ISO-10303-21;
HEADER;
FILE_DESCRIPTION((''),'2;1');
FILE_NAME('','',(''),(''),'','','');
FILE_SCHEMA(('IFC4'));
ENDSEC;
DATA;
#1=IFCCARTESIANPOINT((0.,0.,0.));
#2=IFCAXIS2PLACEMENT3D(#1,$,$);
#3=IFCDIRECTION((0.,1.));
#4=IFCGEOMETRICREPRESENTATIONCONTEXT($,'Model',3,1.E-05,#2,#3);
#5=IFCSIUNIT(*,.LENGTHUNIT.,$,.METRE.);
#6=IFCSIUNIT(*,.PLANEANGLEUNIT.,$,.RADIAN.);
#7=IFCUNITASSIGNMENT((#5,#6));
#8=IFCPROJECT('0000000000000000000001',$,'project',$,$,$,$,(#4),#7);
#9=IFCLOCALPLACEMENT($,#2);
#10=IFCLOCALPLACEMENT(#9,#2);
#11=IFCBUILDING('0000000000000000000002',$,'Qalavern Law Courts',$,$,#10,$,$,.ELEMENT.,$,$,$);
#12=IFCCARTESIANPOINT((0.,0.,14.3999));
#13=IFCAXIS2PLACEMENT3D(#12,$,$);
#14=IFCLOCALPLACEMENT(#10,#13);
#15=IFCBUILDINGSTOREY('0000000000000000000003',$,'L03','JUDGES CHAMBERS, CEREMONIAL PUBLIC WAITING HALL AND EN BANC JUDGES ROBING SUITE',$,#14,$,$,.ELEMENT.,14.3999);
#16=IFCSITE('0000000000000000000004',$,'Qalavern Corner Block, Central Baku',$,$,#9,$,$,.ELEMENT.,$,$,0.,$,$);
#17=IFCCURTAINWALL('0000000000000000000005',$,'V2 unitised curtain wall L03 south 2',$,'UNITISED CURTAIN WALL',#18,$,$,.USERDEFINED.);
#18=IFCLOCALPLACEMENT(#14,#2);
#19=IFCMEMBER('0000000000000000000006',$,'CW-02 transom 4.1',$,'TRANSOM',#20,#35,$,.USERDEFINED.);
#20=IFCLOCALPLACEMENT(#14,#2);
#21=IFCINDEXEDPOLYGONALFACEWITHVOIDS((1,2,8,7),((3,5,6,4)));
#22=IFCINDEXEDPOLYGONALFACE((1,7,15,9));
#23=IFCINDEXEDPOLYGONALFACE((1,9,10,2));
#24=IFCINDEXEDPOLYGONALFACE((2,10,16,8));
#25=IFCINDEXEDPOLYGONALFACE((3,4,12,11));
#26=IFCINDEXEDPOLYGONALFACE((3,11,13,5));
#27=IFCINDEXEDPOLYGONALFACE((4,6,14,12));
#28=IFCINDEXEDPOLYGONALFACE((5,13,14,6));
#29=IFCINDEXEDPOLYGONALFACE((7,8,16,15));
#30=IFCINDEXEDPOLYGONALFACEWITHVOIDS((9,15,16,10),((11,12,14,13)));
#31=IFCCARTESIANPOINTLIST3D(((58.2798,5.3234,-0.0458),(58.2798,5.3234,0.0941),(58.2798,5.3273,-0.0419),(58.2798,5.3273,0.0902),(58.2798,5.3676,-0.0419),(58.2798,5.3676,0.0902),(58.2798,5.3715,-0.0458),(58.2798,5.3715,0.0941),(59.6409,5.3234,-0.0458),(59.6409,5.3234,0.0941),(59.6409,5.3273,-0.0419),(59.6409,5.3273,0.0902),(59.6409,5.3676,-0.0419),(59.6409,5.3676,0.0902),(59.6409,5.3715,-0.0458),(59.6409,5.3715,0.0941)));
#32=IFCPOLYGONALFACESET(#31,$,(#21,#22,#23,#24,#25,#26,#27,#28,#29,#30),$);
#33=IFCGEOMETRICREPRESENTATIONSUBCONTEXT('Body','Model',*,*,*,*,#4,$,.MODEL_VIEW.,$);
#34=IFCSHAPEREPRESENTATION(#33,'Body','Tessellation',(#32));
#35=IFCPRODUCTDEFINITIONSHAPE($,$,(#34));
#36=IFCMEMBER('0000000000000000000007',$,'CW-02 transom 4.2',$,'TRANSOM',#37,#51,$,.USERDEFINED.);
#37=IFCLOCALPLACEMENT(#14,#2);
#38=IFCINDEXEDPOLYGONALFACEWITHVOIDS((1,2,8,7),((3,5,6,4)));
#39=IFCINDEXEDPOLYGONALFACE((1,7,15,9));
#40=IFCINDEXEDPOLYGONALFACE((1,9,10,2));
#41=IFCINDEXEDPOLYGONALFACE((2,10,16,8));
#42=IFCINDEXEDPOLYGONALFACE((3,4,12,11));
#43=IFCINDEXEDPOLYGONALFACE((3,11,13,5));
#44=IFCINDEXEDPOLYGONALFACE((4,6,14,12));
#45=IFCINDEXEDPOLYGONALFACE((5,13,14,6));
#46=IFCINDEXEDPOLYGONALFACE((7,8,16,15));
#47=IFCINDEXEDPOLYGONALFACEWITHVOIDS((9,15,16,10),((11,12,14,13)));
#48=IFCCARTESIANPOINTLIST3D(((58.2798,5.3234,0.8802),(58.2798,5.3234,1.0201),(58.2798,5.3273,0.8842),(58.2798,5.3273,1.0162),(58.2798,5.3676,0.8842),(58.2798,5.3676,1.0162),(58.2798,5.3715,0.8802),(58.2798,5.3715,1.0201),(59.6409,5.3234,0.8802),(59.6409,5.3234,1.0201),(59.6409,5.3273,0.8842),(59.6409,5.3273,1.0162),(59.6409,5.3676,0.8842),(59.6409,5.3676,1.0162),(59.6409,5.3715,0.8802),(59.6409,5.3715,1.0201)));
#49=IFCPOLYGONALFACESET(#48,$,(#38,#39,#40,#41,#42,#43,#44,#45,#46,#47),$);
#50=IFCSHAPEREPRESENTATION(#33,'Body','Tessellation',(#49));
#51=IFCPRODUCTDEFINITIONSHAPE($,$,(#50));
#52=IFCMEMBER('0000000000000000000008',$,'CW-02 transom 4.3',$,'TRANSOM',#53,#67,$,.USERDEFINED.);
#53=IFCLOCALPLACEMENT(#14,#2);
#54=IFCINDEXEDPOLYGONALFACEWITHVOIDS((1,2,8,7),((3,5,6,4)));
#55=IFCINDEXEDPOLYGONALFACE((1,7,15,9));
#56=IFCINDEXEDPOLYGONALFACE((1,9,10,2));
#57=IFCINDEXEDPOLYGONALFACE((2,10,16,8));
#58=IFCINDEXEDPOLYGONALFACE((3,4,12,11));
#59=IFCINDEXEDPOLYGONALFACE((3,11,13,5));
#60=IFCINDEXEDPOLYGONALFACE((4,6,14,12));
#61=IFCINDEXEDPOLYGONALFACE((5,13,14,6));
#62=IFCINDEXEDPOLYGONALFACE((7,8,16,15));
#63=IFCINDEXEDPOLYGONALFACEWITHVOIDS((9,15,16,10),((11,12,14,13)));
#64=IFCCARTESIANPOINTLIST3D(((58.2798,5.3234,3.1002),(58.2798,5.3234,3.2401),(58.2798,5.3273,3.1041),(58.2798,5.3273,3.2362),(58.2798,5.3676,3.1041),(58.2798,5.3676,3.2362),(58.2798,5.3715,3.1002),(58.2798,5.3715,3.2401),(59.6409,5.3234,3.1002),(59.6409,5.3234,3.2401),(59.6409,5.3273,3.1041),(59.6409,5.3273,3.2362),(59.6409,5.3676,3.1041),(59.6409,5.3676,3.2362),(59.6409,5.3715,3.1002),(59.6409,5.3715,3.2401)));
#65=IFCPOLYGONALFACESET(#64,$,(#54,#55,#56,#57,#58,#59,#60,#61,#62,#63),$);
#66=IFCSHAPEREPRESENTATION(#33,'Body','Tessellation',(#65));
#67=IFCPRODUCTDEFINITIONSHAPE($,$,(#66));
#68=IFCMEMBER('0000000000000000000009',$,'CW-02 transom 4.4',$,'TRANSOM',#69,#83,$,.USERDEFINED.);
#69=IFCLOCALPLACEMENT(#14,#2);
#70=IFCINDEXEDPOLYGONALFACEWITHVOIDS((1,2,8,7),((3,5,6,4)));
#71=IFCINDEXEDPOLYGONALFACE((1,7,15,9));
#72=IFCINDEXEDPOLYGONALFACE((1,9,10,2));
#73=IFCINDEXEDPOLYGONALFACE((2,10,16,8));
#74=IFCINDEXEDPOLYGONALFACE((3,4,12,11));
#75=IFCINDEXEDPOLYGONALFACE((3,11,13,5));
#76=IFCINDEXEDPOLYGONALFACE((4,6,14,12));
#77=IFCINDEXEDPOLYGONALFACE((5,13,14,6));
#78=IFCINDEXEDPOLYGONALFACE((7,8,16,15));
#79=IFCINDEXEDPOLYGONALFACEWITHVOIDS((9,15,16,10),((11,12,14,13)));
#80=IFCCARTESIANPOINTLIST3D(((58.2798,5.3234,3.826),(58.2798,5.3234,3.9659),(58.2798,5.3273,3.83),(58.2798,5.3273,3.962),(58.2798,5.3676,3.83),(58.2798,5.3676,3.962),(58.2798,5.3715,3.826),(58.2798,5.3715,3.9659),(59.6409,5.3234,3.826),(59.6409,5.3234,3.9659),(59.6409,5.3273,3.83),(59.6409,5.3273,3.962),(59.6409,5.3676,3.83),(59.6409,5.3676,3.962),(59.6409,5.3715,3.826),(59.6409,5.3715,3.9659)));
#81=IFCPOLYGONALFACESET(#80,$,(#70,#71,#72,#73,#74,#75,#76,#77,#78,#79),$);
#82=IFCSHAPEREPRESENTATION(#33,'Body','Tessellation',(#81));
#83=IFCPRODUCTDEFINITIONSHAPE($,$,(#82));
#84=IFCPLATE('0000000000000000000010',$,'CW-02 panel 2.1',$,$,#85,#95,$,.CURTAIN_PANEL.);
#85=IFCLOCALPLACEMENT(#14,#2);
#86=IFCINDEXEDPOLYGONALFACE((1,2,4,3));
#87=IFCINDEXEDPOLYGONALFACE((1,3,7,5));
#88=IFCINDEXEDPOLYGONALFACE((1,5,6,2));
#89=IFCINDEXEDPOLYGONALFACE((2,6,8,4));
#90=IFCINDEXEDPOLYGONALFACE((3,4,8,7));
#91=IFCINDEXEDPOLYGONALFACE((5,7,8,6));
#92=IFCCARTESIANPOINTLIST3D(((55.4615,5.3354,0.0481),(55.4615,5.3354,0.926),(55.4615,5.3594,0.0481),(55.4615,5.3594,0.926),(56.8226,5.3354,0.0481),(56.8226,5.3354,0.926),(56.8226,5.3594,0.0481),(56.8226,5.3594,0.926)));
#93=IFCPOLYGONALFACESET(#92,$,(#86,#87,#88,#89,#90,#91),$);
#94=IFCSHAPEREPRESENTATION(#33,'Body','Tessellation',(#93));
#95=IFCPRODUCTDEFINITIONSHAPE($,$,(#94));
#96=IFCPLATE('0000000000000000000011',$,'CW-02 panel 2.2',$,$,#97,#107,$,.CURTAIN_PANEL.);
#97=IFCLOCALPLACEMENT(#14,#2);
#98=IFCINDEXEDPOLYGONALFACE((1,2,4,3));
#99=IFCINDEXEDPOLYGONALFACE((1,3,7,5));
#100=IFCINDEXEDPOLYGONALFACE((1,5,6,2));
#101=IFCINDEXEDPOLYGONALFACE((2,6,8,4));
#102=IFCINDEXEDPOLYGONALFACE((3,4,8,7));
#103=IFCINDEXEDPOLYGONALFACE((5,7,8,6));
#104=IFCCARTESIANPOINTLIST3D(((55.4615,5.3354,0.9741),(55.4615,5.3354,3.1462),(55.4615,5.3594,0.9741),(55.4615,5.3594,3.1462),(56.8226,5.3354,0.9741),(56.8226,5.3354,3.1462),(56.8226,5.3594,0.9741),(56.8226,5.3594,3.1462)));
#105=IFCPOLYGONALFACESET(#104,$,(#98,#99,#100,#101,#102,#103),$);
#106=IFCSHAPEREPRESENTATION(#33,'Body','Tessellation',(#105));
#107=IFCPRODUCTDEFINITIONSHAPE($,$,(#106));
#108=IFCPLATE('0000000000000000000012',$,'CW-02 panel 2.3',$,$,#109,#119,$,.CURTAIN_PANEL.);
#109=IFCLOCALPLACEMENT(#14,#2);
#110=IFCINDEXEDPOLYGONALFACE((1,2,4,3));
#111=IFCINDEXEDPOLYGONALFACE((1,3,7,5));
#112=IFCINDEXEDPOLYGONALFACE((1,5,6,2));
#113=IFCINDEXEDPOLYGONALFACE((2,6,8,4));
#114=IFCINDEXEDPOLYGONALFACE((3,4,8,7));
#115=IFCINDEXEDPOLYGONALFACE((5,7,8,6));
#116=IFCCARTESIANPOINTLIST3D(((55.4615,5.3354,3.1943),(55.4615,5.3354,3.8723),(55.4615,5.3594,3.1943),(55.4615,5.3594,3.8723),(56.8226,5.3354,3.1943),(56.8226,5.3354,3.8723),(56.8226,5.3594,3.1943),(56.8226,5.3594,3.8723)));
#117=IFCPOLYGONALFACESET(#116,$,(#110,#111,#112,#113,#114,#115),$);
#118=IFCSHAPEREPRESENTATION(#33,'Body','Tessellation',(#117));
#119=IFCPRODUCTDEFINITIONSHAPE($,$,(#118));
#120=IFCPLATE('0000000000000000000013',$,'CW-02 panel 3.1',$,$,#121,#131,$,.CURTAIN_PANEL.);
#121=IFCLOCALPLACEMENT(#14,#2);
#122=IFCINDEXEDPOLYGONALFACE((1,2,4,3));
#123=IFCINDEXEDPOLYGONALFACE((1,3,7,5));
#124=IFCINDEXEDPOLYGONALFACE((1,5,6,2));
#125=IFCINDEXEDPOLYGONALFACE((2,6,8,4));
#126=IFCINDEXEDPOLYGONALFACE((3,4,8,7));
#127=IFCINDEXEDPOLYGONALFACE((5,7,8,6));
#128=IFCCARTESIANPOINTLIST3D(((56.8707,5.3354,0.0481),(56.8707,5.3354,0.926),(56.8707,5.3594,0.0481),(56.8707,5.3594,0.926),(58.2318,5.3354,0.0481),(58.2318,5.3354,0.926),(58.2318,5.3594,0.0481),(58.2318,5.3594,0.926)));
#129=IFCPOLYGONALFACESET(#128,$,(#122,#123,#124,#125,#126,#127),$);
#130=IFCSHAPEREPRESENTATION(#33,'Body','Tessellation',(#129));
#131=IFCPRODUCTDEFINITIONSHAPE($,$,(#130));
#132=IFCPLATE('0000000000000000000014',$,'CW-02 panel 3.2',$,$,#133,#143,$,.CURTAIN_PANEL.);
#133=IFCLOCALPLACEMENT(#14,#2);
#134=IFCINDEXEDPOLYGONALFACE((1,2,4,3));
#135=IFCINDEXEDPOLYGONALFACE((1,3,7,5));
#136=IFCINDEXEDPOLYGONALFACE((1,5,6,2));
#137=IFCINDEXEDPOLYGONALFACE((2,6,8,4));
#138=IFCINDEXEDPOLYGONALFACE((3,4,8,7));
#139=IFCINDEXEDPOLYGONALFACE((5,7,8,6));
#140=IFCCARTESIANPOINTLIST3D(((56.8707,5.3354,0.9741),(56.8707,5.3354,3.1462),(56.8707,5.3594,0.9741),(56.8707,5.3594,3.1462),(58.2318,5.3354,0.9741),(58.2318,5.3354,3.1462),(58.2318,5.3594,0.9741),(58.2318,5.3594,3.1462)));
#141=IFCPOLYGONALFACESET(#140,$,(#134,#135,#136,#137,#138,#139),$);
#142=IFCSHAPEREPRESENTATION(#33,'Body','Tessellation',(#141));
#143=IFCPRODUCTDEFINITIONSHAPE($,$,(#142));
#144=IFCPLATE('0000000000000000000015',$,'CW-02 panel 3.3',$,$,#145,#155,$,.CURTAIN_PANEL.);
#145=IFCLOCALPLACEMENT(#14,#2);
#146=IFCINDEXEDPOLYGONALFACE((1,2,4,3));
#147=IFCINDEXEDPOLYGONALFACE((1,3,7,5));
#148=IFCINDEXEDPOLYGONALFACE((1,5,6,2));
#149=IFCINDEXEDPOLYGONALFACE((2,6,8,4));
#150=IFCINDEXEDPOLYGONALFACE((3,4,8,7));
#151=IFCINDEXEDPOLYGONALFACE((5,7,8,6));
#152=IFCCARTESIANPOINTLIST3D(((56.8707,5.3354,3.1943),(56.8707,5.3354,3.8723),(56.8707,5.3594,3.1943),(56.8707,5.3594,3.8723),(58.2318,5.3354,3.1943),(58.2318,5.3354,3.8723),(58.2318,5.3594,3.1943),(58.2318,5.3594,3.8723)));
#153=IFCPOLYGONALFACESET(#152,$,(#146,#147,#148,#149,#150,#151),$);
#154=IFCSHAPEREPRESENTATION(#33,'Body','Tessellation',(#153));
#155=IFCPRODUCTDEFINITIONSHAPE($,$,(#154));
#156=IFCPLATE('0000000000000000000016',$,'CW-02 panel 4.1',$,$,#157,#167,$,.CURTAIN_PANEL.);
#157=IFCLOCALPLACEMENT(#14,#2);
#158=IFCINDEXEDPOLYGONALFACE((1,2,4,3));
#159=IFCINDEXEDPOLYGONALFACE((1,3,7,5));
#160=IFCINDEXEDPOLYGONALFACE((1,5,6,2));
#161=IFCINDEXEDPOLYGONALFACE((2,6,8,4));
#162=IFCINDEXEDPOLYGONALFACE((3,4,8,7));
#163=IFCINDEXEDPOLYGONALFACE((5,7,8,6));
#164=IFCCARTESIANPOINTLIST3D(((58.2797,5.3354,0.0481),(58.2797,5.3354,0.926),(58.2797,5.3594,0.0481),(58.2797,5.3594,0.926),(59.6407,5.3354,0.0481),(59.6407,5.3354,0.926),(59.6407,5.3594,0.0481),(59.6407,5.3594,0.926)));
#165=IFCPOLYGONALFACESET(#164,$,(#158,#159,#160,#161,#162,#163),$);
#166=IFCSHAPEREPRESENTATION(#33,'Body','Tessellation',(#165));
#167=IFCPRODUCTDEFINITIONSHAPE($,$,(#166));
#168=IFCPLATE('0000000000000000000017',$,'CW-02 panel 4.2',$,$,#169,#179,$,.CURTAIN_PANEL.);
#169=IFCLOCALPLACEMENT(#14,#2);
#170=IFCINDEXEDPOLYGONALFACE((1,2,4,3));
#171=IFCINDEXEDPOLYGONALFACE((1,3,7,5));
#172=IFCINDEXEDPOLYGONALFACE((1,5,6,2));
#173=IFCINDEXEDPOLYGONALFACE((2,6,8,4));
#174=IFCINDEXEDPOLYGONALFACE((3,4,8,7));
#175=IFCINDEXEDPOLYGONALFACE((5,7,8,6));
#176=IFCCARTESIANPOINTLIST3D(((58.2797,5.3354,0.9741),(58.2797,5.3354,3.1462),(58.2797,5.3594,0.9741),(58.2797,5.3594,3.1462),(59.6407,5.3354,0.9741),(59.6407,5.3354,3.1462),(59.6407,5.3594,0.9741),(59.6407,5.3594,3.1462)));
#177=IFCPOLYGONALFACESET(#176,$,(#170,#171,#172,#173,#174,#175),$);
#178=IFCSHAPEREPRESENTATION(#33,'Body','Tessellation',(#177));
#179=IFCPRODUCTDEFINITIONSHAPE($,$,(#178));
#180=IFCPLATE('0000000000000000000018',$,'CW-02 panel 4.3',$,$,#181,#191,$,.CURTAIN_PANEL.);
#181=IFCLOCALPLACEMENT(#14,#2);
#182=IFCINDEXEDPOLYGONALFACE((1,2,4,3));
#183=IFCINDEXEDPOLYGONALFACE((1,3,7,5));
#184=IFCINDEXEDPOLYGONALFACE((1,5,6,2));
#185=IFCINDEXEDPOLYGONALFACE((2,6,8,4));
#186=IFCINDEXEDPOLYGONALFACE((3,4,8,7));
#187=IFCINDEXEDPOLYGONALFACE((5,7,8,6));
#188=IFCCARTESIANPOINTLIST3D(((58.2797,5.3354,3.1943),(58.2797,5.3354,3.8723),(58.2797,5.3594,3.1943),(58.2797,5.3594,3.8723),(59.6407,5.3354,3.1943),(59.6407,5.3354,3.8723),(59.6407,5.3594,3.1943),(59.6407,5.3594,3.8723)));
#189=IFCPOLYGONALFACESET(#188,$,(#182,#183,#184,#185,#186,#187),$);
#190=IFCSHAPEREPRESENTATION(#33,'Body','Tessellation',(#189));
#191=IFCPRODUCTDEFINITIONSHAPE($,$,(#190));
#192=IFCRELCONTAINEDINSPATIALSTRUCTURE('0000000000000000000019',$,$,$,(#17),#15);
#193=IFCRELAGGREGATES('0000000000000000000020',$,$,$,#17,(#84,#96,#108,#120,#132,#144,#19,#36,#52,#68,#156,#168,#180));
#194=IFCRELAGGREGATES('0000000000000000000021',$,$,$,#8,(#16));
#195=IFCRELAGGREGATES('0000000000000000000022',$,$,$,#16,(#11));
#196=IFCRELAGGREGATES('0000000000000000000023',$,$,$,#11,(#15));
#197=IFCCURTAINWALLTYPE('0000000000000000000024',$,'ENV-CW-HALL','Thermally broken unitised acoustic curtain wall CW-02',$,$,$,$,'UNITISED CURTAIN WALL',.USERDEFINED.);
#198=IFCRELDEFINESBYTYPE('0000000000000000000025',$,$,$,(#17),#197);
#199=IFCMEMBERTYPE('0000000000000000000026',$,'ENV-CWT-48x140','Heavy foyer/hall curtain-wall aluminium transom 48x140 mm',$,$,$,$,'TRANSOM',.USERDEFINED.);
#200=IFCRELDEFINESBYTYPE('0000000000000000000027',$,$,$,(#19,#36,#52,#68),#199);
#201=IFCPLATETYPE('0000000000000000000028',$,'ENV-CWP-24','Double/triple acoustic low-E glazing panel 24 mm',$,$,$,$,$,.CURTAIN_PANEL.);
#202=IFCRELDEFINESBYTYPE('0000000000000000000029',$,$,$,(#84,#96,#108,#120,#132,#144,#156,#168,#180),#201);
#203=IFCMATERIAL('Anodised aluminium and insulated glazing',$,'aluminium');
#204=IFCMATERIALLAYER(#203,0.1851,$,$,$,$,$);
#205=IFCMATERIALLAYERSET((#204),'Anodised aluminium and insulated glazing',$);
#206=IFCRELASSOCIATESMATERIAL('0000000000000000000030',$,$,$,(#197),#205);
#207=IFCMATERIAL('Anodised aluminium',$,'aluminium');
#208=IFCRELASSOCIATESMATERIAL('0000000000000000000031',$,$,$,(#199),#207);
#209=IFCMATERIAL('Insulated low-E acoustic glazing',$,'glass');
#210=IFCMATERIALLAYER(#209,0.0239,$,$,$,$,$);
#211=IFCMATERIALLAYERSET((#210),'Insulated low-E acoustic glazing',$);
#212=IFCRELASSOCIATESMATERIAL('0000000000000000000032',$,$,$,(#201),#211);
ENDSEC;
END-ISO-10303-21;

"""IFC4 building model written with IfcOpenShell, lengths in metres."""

from ifc_helpers import new_model, si_unit, direction, frame, origin, origin_2d, place, context, subcontext, project, spatial, rectangle, hollow_rectangle, extrude, material, layer, layer_set, material_profile, profile_set, type_object, element, aggregate, save


model = new_model("IFC4")

# Units and contexts
model_context = context("Model", 3, precision=1e-05, world=origin(), true_north=direction((0.0, 1.0)))
body_context = subcontext(model_context, "Body", "Model", "MODEL_VIEW")
ifc_project = project(units=[si_unit("LENGTHUNIT", "METRE"), si_unit("PLANEANGLEUNIT", "RADIAN")], contexts=[model_context])

# Site, building, storey
site_placement = place(None, origin())
site = spatial("IfcSite", under=ifc_project, at=site_placement, Name="Qalavern Corner Block, Central Baku", CompositionType="ELEMENT", RefElevation=0.0)
building_placement = place(site_placement, origin())
building = spatial("IfcBuilding", under=site, at=building_placement, Name="Qalavern Law Courts", CompositionType="ELEMENT")
storey_placement = place(building_placement, frame((0.0, 0.0, 14.3999)))
storey = spatial("IfcBuildingStorey", under=building, at=storey_placement, Name="L03", Description="JUDGES CHAMBERS, CEREMONIAL PUBLIC WAITING HALL AND EN BANC JUDGES ROBING SUITE", CompositionType="ELEMENT", Elevation=14.3999)

# Curtain wall, members, plates
ifc_material_1 = material(Name="Anodised aluminium and insulated glazing", Category="aluminium")
ifc_layer_1 = layer(ifc_material_1, 0.1851)
ifc_layer_set_1 = layer_set([ifc_layer_1], Name="Anodised aluminium and insulated glazing")
curtain_wall_type = type_object("IfcCurtainWallType", Name="ENV-CW-HALL", Description="Thermally broken unitised acoustic curtain wall CW-02", ElementType="UNITISED CURTAIN WALL", PredefinedType="USERDEFINED", material=ifc_layer_set_1)
curtain_wall_placement = place(storey_placement, origin())
curtain_wall = element("IfcCurtainWall", 1, at=curtain_wall_placement, inside=storey, type_object=curtain_wall_type, Name="V2 unitised curtain wall L03 south 2", ObjectType="UNITISED CURTAIN WALL", PredefinedType="USERDEFINED")
ifc_material_2 = material(Name="Anodised aluminium", Category="aluminium")
ifc_material_profile_1 = material_profile(ifc_material_2, hollow_rectangle(XDim=0.0481, YDim=0.1399, WallThickness=0.0039, at=origin_2d()), Name="ALU TRANSOM 48x140")
ifc_profile_set_1 = profile_set([ifc_material_profile_1], Name="Anodised aluminium")
member_type_1 = type_object("IfcMemberType", Name="ENV-CWT-48x140", Description="Heavy foyer/hall curtain-wall aluminium transom 48x140 mm", ElementType="TRANSOM", PredefinedType="USERDEFINED", material=ifc_profile_set_1)
member_1_placement = place(storey_placement, frame((58.2798, 5.3474, 0.0242), z_axis=(1.0, 0.0, 0.0), x_axis=(0.0, 1.0, 0.0)))
member_1 = element("IfcMember", 2, at=member_1_placement, type_object=member_type_1, Name="CW-02 transom 4.1", ObjectType="TRANSOM", PredefinedType="USERDEFINED", context=body_context, shape_type="SweptSolid", body=[
    extrude(hollow_rectangle(XDim=0.0481, YDim=0.1399, WallThickness=0.0039, at=origin_2d()), origin(), (0.0, 0.0, 1.0), 1.3611),
])
member_2_placement = place(storey_placement, frame((58.2798, 5.3474, 0.9502), z_axis=(1.0, 0.0, 0.0), x_axis=(0.0, 1.0, 0.0)))
member_2 = element("IfcMember", 3, at=member_2_placement, type_object=member_type_1, Name="CW-02 transom 4.2", ObjectType="TRANSOM", PredefinedType="USERDEFINED", context=body_context, shape_type="SweptSolid", body=[
    extrude(hollow_rectangle(XDim=0.0481, YDim=0.1399, WallThickness=0.0039, at=origin_2d()), origin(), (0.0, 0.0, 1.0), 1.3611),
])
member_3_placement = place(storey_placement, frame((58.2798, 5.3474, 3.1702), z_axis=(1.0, 0.0, 0.0), x_axis=(0.0, 1.0, 0.0)))
member_3 = element("IfcMember", 4, at=member_3_placement, type_object=member_type_1, Name="CW-02 transom 4.3", ObjectType="TRANSOM", PredefinedType="USERDEFINED", context=body_context, shape_type="SweptSolid", body=[
    extrude(hollow_rectangle(XDim=0.0481, YDim=0.1399, WallThickness=0.0039, at=origin_2d()), origin(), (0.0, 0.0, 1.0), 1.3611),
])
member_4_placement = place(storey_placement, frame((58.2798, 5.3474, 3.896), z_axis=(1.0, 0.0, 0.0), x_axis=(0.0, 1.0, 0.0)))
member_4 = element("IfcMember", 5, at=member_4_placement, type_object=member_type_1, Name="CW-02 transom 4.4", ObjectType="TRANSOM", PredefinedType="USERDEFINED", context=body_context, shape_type="SweptSolid", body=[
    extrude(hollow_rectangle(XDim=0.0481, YDim=0.1399, WallThickness=0.0039, at=origin_2d()), origin(), (0.0, 0.0, 1.0), 1.3611),
])
ifc_material_3 = material(Name="Insulated low-E acoustic glazing", Category="glass")
ifc_layer_2 = layer(ifc_material_3, 0.0239)
ifc_layer_set_2 = layer_set([ifc_layer_2], Name="Insulated low-E acoustic glazing")
plate_type = type_object("IfcPlateType", Name="ENV-CWP-24", Description="Double/triple acoustic low-E glazing panel 24 mm", PredefinedType="CURTAIN_PANEL", material=ifc_layer_set_2)
plate_1_placement = place(storey_placement, frame((56.1421, 5.3474, 0.0481), z_axis=(0.0, 0.0, 1.0), x_axis=(1.0, 0.0, 0.0)))
plate_1 = element("IfcPlate", 6, at=plate_1_placement, type_object=plate_type, Name="CW-02 panel 2.1", PredefinedType="CURTAIN_PANEL", context=body_context, shape_type="SweptSolid", body=[
    extrude(rectangle(XDim=1.3611, YDim=0.0239, at=origin_2d()), origin(), (0.0, 0.0, 1.0), 0.8779),
])
plate_2_placement = place(storey_placement, frame((56.1421, 5.3474, 0.9741), z_axis=(0.0, 0.0, 1.0), x_axis=(1.0, 0.0, 0.0)))
plate_2 = element("IfcPlate", 7, at=plate_2_placement, type_object=plate_type, Name="CW-02 panel 2.2", PredefinedType="CURTAIN_PANEL", context=body_context, shape_type="SweptSolid", body=[
    extrude(rectangle(XDim=1.3611, YDim=0.0239, at=origin_2d()), origin(), (0.0, 0.0, 1.0), 2.1721),
])
plate_3_placement = place(storey_placement, frame((56.1421, 5.3474, 3.1943), z_axis=(0.0, 0.0, 1.0), x_axis=(1.0, 0.0, 0.0)))
plate_3 = element("IfcPlate", 8, at=plate_3_placement, type_object=plate_type, Name="CW-02 panel 2.3", PredefinedType="CURTAIN_PANEL", context=body_context, shape_type="SweptSolid", body=[
    extrude(rectangle(XDim=1.3611, YDim=0.0239, at=origin_2d()), origin(), (0.0, 0.0, 1.0), 0.678),
])
plate_4_placement = place(storey_placement, frame((57.5513, 5.3474, 0.0481), z_axis=(0.0, 0.0, 1.0), x_axis=(1.0, 0.0, 0.0)))
plate_4 = element("IfcPlate", 9, at=plate_4_placement, type_object=plate_type, Name="CW-02 panel 3.1", PredefinedType="CURTAIN_PANEL", context=body_context, shape_type="SweptSolid", body=[
    extrude(rectangle(XDim=1.3611, YDim=0.0239, at=origin_2d()), origin(), (0.0, 0.0, 1.0), 0.8779),
])
plate_5_placement = place(storey_placement, frame((57.5513, 5.3474, 0.9741), z_axis=(0.0, 0.0, 1.0), x_axis=(1.0, 0.0, 0.0)))
plate_5 = element("IfcPlate", 10, at=plate_5_placement, type_object=plate_type, Name="CW-02 panel 3.2", PredefinedType="CURTAIN_PANEL", context=body_context, shape_type="SweptSolid", body=[
    extrude(rectangle(XDim=1.3611, YDim=0.0239, at=origin_2d()), origin(), (0.0, 0.0, 1.0), 2.1721),
])
plate_6_placement = place(storey_placement, frame((57.5513, 5.3474, 3.1943), z_axis=(0.0, 0.0, 1.0), x_axis=(1.0, 0.0, 0.0)))
plate_6 = element("IfcPlate", 11, at=plate_6_placement, type_object=plate_type, Name="CW-02 panel 3.3", PredefinedType="CURTAIN_PANEL", context=body_context, shape_type="SweptSolid", body=[
    extrude(rectangle(XDim=1.3611, YDim=0.0239, at=origin_2d()), origin(), (0.0, 0.0, 1.0), 0.678),
])
plate_7_placement = place(storey_placement, frame((58.9602, 5.3474, 0.0481), z_axis=(0.0, 0.0, 1.0), x_axis=(1.0, 0.0, 0.0)))
plate_7 = element("IfcPlate", 12, at=plate_7_placement, type_object=plate_type, Name="CW-02 panel 4.1", PredefinedType="CURTAIN_PANEL", context=body_context, shape_type="SweptSolid", body=[
    extrude(rectangle(XDim=1.3611, YDim=0.0239, at=origin_2d()), origin(), (0.0, 0.0, 1.0), 0.8779),
])
plate_8_placement = place(storey_placement, frame((58.9602, 5.3474, 0.9741), z_axis=(0.0, 0.0, 1.0), x_axis=(1.0, 0.0, 0.0)))
plate_8 = element("IfcPlate", 13, at=plate_8_placement, type_object=plate_type, Name="CW-02 panel 4.2", PredefinedType="CURTAIN_PANEL", context=body_context, shape_type="SweptSolid", body=[
    extrude(rectangle(XDim=1.3611, YDim=0.0239, at=origin_2d()), origin(), (0.0, 0.0, 1.0), 2.1721),
])
plate_9_placement = place(storey_placement, frame((58.9602, 5.3474, 3.1943), z_axis=(0.0, 0.0, 1.0), x_axis=(1.0, 0.0, 0.0)))
plate_9 = element("IfcPlate", 14, at=plate_9_placement, type_object=plate_type, Name="CW-02 panel 4.3", PredefinedType="CURTAIN_PANEL", context=body_context, shape_type="SweptSolid", body=[
    extrude(rectangle(XDim=1.3611, YDim=0.0239, at=origin_2d()), origin(), (0.0, 0.0, 1.0), 0.678),
])
aggregate(curtain_wall, [plate_1, plate_2, plate_3, plate_4, plate_5, plate_6, member_1, member_2, member_3, member_4, plate_7, plate_8, plate_9])

save(model, "model.ifc")
